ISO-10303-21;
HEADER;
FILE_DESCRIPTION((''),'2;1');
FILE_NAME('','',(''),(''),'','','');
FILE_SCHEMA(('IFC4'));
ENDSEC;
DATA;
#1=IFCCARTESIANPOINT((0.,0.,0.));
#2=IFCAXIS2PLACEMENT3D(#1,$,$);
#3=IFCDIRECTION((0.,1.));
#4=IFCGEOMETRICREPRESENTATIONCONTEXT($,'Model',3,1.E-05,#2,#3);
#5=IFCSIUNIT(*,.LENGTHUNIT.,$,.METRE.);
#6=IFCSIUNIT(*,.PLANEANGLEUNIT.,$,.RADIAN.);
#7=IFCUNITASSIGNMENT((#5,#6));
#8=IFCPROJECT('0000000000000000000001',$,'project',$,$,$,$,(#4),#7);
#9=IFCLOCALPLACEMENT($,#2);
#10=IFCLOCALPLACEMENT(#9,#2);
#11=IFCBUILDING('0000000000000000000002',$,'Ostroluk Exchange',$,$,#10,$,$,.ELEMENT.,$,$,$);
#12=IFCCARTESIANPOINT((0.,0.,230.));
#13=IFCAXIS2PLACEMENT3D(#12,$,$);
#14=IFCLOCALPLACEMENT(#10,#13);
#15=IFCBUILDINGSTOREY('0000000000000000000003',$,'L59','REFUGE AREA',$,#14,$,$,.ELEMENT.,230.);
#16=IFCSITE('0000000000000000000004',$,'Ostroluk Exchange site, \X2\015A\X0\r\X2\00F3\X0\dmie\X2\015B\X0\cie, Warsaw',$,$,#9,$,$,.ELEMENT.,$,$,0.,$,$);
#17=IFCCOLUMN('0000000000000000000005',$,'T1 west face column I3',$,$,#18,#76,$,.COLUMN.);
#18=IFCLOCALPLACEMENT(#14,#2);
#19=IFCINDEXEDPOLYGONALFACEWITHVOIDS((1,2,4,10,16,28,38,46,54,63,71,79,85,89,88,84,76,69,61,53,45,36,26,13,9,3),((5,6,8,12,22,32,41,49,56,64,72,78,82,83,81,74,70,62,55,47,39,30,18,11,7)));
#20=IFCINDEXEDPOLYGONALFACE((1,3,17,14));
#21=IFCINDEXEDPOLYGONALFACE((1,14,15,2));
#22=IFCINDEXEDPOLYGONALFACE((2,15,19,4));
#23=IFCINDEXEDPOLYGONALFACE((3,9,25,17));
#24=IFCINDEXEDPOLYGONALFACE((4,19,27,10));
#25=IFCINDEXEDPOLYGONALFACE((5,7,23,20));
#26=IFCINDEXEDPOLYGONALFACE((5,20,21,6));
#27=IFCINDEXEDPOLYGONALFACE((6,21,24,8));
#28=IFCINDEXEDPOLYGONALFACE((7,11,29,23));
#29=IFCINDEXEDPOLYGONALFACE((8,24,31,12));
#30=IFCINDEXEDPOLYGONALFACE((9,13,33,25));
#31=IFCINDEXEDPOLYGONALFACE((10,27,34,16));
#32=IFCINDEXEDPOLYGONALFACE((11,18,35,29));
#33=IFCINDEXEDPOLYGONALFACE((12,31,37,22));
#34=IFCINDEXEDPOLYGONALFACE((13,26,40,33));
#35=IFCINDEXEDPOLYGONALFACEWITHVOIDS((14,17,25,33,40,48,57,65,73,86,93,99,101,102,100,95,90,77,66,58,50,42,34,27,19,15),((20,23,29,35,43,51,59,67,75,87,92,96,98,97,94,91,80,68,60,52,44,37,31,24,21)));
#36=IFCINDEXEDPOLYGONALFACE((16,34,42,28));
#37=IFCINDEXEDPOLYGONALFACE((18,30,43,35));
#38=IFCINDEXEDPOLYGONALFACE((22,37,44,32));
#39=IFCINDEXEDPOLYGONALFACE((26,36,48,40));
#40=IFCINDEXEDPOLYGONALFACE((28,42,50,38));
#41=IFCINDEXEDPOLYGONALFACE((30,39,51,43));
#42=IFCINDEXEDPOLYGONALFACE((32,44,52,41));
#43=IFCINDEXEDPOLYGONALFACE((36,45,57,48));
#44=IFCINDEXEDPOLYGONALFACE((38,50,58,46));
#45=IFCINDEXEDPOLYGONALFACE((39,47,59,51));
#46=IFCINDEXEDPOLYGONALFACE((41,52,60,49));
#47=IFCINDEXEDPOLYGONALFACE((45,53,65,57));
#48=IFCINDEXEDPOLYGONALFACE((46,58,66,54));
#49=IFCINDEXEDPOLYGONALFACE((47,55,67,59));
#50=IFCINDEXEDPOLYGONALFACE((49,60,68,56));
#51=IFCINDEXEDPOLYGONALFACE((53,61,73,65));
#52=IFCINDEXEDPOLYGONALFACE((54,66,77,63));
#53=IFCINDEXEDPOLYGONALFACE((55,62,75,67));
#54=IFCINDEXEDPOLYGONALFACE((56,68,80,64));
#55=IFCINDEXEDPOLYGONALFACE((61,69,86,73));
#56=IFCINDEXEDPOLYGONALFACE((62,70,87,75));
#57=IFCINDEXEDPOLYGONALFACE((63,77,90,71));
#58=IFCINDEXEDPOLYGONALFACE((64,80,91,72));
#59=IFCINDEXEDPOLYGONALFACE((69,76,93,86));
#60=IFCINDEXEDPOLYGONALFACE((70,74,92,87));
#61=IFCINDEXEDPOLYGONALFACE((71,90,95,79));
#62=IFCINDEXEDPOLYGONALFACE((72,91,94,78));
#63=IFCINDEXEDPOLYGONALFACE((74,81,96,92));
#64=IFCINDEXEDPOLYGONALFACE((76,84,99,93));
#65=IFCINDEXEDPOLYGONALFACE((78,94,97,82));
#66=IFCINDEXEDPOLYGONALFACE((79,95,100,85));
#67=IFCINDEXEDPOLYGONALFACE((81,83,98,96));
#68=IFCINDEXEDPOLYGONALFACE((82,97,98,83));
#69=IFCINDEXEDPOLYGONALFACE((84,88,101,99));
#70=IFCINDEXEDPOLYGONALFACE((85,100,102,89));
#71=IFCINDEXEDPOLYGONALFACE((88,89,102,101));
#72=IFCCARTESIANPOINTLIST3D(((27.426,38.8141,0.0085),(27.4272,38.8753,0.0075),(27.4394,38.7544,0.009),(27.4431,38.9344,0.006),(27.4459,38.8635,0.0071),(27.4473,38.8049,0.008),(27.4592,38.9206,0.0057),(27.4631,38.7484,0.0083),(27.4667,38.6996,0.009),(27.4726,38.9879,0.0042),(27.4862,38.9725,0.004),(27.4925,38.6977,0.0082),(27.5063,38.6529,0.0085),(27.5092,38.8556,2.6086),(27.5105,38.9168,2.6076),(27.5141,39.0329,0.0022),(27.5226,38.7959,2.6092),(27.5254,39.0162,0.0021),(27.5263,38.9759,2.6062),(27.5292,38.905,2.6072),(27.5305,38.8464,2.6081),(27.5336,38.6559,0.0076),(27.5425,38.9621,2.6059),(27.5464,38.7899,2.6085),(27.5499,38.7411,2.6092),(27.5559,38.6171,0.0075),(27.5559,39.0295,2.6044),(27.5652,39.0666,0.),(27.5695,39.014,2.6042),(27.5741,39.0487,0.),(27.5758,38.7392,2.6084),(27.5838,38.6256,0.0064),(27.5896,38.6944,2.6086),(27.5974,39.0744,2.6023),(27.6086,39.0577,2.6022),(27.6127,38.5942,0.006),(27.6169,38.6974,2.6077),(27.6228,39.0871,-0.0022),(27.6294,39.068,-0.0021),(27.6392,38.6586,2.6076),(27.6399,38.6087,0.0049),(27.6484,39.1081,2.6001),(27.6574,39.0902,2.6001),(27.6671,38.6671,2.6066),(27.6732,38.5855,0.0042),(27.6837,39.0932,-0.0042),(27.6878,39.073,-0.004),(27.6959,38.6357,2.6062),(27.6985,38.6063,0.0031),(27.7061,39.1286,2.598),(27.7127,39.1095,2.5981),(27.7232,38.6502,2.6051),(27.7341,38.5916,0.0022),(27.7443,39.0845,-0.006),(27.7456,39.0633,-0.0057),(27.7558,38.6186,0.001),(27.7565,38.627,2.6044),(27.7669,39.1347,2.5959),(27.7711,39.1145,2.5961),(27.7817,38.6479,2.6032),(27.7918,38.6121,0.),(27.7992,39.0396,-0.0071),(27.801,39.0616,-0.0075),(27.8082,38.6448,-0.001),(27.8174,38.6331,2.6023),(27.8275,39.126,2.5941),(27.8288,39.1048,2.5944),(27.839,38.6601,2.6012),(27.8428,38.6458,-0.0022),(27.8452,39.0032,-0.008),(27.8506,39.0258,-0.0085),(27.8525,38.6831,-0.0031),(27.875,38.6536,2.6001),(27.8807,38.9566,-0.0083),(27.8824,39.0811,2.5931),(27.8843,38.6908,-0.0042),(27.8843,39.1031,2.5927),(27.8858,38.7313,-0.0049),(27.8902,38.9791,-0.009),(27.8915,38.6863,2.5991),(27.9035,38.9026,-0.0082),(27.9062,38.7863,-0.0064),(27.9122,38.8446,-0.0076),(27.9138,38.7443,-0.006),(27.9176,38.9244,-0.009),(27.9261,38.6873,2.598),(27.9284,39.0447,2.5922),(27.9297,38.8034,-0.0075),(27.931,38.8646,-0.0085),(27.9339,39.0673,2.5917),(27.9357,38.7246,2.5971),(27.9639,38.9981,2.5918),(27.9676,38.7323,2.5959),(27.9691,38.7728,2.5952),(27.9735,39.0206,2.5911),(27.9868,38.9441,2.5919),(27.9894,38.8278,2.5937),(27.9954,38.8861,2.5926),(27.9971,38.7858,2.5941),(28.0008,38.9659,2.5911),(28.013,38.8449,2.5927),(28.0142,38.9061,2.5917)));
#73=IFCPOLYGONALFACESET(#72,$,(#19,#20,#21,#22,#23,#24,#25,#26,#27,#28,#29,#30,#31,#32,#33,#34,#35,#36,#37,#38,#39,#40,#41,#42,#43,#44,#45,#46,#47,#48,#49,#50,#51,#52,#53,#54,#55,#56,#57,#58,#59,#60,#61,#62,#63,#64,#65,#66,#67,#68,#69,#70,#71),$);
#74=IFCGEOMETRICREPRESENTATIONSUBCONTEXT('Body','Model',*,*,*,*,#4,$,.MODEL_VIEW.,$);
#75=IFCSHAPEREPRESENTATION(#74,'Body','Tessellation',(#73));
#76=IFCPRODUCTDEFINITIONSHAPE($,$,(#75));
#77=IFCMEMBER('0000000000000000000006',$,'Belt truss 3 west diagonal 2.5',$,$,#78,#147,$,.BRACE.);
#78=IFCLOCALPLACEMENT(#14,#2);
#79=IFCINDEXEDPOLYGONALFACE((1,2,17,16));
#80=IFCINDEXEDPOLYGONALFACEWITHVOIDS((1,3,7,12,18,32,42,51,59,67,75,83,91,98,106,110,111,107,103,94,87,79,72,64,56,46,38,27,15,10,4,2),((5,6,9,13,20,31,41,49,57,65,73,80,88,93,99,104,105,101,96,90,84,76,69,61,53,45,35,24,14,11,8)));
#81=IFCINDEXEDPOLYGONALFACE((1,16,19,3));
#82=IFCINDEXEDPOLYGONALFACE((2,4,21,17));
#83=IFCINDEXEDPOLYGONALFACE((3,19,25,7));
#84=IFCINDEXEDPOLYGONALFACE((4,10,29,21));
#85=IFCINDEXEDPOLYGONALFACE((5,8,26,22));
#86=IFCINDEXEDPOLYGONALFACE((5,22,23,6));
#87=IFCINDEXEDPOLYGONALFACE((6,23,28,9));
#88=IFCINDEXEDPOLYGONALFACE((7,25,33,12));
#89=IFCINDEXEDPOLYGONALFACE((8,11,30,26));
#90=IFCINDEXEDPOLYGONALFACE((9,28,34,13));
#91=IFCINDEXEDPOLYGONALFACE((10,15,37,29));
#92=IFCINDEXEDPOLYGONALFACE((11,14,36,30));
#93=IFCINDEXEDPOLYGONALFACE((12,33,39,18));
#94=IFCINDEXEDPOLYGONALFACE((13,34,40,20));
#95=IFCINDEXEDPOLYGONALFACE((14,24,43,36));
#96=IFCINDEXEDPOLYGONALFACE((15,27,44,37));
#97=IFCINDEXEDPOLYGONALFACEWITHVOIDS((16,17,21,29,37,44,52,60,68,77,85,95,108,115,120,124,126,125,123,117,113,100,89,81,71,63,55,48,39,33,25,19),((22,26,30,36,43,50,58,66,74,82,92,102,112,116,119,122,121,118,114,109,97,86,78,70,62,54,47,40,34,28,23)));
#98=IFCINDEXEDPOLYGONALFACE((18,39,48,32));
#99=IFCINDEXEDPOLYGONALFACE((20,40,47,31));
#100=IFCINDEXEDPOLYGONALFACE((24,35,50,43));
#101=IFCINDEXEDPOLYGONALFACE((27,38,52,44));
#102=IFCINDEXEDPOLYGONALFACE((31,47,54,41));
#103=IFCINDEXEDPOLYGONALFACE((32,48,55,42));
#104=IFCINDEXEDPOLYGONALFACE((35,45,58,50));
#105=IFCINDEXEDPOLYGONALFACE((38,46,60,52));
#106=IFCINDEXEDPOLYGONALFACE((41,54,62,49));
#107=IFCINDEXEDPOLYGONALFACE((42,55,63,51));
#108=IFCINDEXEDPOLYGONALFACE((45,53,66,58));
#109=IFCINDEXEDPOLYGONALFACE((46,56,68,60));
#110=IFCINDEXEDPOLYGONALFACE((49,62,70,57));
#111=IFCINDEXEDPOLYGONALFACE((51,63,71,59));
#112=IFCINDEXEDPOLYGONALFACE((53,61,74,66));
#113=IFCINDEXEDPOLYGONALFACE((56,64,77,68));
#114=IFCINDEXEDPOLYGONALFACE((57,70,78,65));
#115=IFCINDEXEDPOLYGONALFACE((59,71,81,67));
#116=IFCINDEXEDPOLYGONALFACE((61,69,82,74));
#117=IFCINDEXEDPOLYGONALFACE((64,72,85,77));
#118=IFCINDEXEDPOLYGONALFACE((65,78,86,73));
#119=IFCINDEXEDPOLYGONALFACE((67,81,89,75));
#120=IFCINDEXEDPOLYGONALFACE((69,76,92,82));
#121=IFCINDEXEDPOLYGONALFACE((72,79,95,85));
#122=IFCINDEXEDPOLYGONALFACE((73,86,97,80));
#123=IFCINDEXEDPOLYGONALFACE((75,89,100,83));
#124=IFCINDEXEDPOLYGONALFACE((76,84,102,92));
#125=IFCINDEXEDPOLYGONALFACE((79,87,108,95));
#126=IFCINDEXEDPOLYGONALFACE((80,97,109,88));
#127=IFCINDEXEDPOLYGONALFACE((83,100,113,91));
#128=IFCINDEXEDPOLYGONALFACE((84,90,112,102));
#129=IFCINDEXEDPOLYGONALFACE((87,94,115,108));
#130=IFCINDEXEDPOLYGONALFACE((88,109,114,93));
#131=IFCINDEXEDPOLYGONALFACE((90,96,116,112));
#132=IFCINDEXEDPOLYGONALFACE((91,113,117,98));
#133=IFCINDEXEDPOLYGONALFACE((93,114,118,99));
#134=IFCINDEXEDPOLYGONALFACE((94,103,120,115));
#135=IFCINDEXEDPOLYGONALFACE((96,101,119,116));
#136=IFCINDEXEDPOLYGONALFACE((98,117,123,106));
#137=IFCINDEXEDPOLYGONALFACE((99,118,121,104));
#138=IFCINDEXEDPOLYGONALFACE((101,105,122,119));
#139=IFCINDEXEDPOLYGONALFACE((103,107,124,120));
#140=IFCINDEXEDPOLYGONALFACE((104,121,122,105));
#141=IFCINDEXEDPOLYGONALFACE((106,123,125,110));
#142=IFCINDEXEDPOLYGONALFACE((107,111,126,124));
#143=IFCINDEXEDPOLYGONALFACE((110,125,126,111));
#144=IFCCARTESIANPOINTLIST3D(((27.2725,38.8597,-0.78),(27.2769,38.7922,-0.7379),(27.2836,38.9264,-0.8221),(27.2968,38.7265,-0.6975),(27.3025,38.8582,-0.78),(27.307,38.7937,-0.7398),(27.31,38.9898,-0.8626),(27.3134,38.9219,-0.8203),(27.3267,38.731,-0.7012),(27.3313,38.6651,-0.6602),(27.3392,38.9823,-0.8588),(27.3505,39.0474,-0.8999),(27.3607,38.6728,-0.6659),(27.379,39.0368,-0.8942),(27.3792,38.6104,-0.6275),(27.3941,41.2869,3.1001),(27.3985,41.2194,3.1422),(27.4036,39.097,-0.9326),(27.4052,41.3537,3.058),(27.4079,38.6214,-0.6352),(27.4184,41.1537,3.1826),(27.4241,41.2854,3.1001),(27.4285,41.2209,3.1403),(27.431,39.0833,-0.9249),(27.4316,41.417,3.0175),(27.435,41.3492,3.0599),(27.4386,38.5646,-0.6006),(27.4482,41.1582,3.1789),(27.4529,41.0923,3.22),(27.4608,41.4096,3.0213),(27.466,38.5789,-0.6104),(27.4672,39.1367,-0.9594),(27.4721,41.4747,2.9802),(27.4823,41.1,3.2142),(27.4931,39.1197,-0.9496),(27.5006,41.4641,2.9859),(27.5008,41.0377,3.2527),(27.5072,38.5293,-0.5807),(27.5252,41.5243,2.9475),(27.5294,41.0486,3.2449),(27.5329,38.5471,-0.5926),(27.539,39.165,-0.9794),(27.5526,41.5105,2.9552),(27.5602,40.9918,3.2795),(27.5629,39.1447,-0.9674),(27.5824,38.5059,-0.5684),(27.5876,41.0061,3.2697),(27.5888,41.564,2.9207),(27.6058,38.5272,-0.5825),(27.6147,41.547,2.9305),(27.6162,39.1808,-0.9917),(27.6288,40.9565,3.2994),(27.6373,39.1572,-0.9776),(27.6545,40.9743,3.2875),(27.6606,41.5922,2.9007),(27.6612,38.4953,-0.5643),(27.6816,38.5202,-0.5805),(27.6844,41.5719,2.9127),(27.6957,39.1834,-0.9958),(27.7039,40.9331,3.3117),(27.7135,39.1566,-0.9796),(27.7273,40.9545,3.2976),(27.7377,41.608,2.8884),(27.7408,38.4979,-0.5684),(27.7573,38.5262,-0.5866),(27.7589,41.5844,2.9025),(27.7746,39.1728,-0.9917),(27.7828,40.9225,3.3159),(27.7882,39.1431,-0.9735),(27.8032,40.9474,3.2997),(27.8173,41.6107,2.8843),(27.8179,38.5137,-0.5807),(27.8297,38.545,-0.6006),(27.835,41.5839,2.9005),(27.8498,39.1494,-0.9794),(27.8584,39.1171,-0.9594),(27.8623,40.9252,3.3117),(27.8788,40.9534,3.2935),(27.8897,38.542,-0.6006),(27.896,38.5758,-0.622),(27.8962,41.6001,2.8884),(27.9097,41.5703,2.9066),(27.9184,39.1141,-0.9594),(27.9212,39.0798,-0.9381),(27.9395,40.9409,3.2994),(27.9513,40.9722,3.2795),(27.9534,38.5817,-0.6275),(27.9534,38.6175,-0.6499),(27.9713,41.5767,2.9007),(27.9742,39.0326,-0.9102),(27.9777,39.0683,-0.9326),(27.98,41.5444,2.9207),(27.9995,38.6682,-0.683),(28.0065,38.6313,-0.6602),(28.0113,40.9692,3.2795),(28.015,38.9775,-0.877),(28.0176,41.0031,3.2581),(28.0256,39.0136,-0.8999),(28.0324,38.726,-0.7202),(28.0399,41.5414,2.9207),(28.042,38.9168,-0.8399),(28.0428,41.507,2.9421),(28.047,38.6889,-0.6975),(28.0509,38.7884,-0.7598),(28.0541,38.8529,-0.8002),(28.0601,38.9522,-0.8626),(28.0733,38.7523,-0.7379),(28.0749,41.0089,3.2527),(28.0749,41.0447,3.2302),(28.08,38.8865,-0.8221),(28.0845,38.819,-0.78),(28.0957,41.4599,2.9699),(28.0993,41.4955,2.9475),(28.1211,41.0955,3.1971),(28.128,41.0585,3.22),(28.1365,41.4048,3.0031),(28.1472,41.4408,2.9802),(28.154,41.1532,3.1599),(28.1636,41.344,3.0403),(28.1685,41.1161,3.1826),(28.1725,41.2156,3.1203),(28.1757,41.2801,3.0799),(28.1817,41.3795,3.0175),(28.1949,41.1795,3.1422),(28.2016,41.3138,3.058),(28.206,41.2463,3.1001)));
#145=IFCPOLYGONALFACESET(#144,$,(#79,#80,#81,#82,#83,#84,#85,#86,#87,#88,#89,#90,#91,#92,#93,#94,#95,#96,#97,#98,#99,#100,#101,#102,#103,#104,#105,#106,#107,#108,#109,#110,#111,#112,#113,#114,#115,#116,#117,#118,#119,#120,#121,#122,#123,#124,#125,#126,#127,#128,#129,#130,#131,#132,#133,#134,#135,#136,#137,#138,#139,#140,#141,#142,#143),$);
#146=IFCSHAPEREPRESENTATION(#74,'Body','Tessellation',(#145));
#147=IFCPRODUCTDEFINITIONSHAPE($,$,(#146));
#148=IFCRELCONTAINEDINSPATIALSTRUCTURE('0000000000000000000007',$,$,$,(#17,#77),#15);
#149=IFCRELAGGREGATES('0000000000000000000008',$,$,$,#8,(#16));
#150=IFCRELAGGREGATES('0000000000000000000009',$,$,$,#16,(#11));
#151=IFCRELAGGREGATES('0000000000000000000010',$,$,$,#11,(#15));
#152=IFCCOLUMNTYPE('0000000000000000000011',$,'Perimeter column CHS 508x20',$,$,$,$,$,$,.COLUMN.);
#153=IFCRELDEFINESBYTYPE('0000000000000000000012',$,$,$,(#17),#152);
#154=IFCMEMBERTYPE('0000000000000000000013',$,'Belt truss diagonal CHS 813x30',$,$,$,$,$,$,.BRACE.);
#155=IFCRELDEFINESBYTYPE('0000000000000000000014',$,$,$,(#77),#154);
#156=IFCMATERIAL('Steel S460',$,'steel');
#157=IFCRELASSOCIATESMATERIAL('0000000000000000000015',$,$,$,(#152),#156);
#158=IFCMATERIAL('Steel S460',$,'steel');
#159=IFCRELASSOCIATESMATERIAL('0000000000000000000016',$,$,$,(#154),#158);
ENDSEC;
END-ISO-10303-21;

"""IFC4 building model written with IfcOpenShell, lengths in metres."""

from ifc_helpers import new_model, si_unit, direction, frame, origin, origin_2d, place, context, subcontext, project, spatial, hollow_circle, extrude, material, material_profile, profile_set, type_object, element, save


model = new_model("IFC4")

# Units and contexts
model_context = context("Model", 3, precision=1e-05, world=origin(), true_north=direction((0.0, 1.0)))
body_context = subcontext(model_context, "Body", "Model", "MODEL_VIEW")
ifc_project = project(units=[si_unit("LENGTHUNIT", "METRE"), si_unit("PLANEANGLEUNIT", "RADIAN")], contexts=[model_context])

# Site, building, storey
site_placement = place(None, origin())
site = spatial("IfcSite", under=ifc_project, at=site_placement, Name="Ostroluk Exchange site, Śródmieście, Warsaw", CompositionType="ELEMENT", RefElevation=0.0)
building_placement = place(site_placement, origin())
building = spatial("IfcBuilding", under=site, at=building_placement, Name="Ostroluk Exchange", CompositionType="ELEMENT")
storey_placement = place(building_placement, frame((0.0, 0.0, 230.0)))
storey = spatial("IfcBuildingStorey", under=building, at=storey_placement, Name="L59", Description="REFUGE AREA", CompositionType="ELEMENT", Elevation=230.0)

# Column
ifc_material_1 = material(Name="Steel S460", Category="steel")
ifc_material_profile_1 = material_profile(ifc_material_1, hollow_circle(Radius=0.2539, WallThickness=0.02, at=origin_2d()), Name="CHS 508x20")
ifc_profile_set_1 = profile_set([ifc_material_profile_1], Name="Steel S460")
column_type = type_object("IfcColumnType", Name="Perimeter column CHS 508x20", PredefinedType="COLUMN", material=ifc_profile_set_1)
column_placement = place(storey_placement, frame((27.6785, 38.8394, 0.0), z_axis=(0.031998, 0.015952, 0.999361), x_axis=(-0.446163, 0.894951, 0.0)))
element("IfcColumn", 1, at=column_placement, inside=storey, type_object=column_type, Name="T1 west face column I3", PredefinedType="COLUMN", context=body_context, shape_type="SweptSolid", body=[
    extrude(hollow_circle(Radius=0.2539, WallThickness=0.02, at=origin_2d()), origin(), (0.0, 0.0, 1.0), 2.6018),
])

# Member
ifc_material_2 = material(Name="Steel S460", Category="steel")
ifc_material_profile_2 = material_profile(ifc_material_2, hollow_circle(Radius=0.4065, WallThickness=0.03, at=origin_2d()), Name="CHS 813x30")
ifc_profile_set_2 = profile_set([ifc_material_profile_2], Name="Steel S460")
member_type_1 = type_object("IfcMemberType", Name="Belt truss diagonal CHS 813x30", PredefinedType="BRACE", material=ifc_profile_set_2)
member_1_placement = place(storey_placement, frame((27.6785, 38.8394, -0.78), z_axis=(0.026556, 0.530152, 0.847486), x_axis=(-0.998748, 0.050028, 0.0)))
element("IfcMember", 2, at=member_1_placement, inside=storey, type_object=member_type_1, Name="Belt truss 3 west diagonal 2.5", PredefinedType="BRACE", context=body_context, shape_type="SweptSolid", body=[
    extrude(hollow_circle(Radius=0.4065, WallThickness=0.03, at=origin_2d()), origin(), (0.0, 0.0, 1.0), 4.5784),
])

save(model, "model.ifc")
